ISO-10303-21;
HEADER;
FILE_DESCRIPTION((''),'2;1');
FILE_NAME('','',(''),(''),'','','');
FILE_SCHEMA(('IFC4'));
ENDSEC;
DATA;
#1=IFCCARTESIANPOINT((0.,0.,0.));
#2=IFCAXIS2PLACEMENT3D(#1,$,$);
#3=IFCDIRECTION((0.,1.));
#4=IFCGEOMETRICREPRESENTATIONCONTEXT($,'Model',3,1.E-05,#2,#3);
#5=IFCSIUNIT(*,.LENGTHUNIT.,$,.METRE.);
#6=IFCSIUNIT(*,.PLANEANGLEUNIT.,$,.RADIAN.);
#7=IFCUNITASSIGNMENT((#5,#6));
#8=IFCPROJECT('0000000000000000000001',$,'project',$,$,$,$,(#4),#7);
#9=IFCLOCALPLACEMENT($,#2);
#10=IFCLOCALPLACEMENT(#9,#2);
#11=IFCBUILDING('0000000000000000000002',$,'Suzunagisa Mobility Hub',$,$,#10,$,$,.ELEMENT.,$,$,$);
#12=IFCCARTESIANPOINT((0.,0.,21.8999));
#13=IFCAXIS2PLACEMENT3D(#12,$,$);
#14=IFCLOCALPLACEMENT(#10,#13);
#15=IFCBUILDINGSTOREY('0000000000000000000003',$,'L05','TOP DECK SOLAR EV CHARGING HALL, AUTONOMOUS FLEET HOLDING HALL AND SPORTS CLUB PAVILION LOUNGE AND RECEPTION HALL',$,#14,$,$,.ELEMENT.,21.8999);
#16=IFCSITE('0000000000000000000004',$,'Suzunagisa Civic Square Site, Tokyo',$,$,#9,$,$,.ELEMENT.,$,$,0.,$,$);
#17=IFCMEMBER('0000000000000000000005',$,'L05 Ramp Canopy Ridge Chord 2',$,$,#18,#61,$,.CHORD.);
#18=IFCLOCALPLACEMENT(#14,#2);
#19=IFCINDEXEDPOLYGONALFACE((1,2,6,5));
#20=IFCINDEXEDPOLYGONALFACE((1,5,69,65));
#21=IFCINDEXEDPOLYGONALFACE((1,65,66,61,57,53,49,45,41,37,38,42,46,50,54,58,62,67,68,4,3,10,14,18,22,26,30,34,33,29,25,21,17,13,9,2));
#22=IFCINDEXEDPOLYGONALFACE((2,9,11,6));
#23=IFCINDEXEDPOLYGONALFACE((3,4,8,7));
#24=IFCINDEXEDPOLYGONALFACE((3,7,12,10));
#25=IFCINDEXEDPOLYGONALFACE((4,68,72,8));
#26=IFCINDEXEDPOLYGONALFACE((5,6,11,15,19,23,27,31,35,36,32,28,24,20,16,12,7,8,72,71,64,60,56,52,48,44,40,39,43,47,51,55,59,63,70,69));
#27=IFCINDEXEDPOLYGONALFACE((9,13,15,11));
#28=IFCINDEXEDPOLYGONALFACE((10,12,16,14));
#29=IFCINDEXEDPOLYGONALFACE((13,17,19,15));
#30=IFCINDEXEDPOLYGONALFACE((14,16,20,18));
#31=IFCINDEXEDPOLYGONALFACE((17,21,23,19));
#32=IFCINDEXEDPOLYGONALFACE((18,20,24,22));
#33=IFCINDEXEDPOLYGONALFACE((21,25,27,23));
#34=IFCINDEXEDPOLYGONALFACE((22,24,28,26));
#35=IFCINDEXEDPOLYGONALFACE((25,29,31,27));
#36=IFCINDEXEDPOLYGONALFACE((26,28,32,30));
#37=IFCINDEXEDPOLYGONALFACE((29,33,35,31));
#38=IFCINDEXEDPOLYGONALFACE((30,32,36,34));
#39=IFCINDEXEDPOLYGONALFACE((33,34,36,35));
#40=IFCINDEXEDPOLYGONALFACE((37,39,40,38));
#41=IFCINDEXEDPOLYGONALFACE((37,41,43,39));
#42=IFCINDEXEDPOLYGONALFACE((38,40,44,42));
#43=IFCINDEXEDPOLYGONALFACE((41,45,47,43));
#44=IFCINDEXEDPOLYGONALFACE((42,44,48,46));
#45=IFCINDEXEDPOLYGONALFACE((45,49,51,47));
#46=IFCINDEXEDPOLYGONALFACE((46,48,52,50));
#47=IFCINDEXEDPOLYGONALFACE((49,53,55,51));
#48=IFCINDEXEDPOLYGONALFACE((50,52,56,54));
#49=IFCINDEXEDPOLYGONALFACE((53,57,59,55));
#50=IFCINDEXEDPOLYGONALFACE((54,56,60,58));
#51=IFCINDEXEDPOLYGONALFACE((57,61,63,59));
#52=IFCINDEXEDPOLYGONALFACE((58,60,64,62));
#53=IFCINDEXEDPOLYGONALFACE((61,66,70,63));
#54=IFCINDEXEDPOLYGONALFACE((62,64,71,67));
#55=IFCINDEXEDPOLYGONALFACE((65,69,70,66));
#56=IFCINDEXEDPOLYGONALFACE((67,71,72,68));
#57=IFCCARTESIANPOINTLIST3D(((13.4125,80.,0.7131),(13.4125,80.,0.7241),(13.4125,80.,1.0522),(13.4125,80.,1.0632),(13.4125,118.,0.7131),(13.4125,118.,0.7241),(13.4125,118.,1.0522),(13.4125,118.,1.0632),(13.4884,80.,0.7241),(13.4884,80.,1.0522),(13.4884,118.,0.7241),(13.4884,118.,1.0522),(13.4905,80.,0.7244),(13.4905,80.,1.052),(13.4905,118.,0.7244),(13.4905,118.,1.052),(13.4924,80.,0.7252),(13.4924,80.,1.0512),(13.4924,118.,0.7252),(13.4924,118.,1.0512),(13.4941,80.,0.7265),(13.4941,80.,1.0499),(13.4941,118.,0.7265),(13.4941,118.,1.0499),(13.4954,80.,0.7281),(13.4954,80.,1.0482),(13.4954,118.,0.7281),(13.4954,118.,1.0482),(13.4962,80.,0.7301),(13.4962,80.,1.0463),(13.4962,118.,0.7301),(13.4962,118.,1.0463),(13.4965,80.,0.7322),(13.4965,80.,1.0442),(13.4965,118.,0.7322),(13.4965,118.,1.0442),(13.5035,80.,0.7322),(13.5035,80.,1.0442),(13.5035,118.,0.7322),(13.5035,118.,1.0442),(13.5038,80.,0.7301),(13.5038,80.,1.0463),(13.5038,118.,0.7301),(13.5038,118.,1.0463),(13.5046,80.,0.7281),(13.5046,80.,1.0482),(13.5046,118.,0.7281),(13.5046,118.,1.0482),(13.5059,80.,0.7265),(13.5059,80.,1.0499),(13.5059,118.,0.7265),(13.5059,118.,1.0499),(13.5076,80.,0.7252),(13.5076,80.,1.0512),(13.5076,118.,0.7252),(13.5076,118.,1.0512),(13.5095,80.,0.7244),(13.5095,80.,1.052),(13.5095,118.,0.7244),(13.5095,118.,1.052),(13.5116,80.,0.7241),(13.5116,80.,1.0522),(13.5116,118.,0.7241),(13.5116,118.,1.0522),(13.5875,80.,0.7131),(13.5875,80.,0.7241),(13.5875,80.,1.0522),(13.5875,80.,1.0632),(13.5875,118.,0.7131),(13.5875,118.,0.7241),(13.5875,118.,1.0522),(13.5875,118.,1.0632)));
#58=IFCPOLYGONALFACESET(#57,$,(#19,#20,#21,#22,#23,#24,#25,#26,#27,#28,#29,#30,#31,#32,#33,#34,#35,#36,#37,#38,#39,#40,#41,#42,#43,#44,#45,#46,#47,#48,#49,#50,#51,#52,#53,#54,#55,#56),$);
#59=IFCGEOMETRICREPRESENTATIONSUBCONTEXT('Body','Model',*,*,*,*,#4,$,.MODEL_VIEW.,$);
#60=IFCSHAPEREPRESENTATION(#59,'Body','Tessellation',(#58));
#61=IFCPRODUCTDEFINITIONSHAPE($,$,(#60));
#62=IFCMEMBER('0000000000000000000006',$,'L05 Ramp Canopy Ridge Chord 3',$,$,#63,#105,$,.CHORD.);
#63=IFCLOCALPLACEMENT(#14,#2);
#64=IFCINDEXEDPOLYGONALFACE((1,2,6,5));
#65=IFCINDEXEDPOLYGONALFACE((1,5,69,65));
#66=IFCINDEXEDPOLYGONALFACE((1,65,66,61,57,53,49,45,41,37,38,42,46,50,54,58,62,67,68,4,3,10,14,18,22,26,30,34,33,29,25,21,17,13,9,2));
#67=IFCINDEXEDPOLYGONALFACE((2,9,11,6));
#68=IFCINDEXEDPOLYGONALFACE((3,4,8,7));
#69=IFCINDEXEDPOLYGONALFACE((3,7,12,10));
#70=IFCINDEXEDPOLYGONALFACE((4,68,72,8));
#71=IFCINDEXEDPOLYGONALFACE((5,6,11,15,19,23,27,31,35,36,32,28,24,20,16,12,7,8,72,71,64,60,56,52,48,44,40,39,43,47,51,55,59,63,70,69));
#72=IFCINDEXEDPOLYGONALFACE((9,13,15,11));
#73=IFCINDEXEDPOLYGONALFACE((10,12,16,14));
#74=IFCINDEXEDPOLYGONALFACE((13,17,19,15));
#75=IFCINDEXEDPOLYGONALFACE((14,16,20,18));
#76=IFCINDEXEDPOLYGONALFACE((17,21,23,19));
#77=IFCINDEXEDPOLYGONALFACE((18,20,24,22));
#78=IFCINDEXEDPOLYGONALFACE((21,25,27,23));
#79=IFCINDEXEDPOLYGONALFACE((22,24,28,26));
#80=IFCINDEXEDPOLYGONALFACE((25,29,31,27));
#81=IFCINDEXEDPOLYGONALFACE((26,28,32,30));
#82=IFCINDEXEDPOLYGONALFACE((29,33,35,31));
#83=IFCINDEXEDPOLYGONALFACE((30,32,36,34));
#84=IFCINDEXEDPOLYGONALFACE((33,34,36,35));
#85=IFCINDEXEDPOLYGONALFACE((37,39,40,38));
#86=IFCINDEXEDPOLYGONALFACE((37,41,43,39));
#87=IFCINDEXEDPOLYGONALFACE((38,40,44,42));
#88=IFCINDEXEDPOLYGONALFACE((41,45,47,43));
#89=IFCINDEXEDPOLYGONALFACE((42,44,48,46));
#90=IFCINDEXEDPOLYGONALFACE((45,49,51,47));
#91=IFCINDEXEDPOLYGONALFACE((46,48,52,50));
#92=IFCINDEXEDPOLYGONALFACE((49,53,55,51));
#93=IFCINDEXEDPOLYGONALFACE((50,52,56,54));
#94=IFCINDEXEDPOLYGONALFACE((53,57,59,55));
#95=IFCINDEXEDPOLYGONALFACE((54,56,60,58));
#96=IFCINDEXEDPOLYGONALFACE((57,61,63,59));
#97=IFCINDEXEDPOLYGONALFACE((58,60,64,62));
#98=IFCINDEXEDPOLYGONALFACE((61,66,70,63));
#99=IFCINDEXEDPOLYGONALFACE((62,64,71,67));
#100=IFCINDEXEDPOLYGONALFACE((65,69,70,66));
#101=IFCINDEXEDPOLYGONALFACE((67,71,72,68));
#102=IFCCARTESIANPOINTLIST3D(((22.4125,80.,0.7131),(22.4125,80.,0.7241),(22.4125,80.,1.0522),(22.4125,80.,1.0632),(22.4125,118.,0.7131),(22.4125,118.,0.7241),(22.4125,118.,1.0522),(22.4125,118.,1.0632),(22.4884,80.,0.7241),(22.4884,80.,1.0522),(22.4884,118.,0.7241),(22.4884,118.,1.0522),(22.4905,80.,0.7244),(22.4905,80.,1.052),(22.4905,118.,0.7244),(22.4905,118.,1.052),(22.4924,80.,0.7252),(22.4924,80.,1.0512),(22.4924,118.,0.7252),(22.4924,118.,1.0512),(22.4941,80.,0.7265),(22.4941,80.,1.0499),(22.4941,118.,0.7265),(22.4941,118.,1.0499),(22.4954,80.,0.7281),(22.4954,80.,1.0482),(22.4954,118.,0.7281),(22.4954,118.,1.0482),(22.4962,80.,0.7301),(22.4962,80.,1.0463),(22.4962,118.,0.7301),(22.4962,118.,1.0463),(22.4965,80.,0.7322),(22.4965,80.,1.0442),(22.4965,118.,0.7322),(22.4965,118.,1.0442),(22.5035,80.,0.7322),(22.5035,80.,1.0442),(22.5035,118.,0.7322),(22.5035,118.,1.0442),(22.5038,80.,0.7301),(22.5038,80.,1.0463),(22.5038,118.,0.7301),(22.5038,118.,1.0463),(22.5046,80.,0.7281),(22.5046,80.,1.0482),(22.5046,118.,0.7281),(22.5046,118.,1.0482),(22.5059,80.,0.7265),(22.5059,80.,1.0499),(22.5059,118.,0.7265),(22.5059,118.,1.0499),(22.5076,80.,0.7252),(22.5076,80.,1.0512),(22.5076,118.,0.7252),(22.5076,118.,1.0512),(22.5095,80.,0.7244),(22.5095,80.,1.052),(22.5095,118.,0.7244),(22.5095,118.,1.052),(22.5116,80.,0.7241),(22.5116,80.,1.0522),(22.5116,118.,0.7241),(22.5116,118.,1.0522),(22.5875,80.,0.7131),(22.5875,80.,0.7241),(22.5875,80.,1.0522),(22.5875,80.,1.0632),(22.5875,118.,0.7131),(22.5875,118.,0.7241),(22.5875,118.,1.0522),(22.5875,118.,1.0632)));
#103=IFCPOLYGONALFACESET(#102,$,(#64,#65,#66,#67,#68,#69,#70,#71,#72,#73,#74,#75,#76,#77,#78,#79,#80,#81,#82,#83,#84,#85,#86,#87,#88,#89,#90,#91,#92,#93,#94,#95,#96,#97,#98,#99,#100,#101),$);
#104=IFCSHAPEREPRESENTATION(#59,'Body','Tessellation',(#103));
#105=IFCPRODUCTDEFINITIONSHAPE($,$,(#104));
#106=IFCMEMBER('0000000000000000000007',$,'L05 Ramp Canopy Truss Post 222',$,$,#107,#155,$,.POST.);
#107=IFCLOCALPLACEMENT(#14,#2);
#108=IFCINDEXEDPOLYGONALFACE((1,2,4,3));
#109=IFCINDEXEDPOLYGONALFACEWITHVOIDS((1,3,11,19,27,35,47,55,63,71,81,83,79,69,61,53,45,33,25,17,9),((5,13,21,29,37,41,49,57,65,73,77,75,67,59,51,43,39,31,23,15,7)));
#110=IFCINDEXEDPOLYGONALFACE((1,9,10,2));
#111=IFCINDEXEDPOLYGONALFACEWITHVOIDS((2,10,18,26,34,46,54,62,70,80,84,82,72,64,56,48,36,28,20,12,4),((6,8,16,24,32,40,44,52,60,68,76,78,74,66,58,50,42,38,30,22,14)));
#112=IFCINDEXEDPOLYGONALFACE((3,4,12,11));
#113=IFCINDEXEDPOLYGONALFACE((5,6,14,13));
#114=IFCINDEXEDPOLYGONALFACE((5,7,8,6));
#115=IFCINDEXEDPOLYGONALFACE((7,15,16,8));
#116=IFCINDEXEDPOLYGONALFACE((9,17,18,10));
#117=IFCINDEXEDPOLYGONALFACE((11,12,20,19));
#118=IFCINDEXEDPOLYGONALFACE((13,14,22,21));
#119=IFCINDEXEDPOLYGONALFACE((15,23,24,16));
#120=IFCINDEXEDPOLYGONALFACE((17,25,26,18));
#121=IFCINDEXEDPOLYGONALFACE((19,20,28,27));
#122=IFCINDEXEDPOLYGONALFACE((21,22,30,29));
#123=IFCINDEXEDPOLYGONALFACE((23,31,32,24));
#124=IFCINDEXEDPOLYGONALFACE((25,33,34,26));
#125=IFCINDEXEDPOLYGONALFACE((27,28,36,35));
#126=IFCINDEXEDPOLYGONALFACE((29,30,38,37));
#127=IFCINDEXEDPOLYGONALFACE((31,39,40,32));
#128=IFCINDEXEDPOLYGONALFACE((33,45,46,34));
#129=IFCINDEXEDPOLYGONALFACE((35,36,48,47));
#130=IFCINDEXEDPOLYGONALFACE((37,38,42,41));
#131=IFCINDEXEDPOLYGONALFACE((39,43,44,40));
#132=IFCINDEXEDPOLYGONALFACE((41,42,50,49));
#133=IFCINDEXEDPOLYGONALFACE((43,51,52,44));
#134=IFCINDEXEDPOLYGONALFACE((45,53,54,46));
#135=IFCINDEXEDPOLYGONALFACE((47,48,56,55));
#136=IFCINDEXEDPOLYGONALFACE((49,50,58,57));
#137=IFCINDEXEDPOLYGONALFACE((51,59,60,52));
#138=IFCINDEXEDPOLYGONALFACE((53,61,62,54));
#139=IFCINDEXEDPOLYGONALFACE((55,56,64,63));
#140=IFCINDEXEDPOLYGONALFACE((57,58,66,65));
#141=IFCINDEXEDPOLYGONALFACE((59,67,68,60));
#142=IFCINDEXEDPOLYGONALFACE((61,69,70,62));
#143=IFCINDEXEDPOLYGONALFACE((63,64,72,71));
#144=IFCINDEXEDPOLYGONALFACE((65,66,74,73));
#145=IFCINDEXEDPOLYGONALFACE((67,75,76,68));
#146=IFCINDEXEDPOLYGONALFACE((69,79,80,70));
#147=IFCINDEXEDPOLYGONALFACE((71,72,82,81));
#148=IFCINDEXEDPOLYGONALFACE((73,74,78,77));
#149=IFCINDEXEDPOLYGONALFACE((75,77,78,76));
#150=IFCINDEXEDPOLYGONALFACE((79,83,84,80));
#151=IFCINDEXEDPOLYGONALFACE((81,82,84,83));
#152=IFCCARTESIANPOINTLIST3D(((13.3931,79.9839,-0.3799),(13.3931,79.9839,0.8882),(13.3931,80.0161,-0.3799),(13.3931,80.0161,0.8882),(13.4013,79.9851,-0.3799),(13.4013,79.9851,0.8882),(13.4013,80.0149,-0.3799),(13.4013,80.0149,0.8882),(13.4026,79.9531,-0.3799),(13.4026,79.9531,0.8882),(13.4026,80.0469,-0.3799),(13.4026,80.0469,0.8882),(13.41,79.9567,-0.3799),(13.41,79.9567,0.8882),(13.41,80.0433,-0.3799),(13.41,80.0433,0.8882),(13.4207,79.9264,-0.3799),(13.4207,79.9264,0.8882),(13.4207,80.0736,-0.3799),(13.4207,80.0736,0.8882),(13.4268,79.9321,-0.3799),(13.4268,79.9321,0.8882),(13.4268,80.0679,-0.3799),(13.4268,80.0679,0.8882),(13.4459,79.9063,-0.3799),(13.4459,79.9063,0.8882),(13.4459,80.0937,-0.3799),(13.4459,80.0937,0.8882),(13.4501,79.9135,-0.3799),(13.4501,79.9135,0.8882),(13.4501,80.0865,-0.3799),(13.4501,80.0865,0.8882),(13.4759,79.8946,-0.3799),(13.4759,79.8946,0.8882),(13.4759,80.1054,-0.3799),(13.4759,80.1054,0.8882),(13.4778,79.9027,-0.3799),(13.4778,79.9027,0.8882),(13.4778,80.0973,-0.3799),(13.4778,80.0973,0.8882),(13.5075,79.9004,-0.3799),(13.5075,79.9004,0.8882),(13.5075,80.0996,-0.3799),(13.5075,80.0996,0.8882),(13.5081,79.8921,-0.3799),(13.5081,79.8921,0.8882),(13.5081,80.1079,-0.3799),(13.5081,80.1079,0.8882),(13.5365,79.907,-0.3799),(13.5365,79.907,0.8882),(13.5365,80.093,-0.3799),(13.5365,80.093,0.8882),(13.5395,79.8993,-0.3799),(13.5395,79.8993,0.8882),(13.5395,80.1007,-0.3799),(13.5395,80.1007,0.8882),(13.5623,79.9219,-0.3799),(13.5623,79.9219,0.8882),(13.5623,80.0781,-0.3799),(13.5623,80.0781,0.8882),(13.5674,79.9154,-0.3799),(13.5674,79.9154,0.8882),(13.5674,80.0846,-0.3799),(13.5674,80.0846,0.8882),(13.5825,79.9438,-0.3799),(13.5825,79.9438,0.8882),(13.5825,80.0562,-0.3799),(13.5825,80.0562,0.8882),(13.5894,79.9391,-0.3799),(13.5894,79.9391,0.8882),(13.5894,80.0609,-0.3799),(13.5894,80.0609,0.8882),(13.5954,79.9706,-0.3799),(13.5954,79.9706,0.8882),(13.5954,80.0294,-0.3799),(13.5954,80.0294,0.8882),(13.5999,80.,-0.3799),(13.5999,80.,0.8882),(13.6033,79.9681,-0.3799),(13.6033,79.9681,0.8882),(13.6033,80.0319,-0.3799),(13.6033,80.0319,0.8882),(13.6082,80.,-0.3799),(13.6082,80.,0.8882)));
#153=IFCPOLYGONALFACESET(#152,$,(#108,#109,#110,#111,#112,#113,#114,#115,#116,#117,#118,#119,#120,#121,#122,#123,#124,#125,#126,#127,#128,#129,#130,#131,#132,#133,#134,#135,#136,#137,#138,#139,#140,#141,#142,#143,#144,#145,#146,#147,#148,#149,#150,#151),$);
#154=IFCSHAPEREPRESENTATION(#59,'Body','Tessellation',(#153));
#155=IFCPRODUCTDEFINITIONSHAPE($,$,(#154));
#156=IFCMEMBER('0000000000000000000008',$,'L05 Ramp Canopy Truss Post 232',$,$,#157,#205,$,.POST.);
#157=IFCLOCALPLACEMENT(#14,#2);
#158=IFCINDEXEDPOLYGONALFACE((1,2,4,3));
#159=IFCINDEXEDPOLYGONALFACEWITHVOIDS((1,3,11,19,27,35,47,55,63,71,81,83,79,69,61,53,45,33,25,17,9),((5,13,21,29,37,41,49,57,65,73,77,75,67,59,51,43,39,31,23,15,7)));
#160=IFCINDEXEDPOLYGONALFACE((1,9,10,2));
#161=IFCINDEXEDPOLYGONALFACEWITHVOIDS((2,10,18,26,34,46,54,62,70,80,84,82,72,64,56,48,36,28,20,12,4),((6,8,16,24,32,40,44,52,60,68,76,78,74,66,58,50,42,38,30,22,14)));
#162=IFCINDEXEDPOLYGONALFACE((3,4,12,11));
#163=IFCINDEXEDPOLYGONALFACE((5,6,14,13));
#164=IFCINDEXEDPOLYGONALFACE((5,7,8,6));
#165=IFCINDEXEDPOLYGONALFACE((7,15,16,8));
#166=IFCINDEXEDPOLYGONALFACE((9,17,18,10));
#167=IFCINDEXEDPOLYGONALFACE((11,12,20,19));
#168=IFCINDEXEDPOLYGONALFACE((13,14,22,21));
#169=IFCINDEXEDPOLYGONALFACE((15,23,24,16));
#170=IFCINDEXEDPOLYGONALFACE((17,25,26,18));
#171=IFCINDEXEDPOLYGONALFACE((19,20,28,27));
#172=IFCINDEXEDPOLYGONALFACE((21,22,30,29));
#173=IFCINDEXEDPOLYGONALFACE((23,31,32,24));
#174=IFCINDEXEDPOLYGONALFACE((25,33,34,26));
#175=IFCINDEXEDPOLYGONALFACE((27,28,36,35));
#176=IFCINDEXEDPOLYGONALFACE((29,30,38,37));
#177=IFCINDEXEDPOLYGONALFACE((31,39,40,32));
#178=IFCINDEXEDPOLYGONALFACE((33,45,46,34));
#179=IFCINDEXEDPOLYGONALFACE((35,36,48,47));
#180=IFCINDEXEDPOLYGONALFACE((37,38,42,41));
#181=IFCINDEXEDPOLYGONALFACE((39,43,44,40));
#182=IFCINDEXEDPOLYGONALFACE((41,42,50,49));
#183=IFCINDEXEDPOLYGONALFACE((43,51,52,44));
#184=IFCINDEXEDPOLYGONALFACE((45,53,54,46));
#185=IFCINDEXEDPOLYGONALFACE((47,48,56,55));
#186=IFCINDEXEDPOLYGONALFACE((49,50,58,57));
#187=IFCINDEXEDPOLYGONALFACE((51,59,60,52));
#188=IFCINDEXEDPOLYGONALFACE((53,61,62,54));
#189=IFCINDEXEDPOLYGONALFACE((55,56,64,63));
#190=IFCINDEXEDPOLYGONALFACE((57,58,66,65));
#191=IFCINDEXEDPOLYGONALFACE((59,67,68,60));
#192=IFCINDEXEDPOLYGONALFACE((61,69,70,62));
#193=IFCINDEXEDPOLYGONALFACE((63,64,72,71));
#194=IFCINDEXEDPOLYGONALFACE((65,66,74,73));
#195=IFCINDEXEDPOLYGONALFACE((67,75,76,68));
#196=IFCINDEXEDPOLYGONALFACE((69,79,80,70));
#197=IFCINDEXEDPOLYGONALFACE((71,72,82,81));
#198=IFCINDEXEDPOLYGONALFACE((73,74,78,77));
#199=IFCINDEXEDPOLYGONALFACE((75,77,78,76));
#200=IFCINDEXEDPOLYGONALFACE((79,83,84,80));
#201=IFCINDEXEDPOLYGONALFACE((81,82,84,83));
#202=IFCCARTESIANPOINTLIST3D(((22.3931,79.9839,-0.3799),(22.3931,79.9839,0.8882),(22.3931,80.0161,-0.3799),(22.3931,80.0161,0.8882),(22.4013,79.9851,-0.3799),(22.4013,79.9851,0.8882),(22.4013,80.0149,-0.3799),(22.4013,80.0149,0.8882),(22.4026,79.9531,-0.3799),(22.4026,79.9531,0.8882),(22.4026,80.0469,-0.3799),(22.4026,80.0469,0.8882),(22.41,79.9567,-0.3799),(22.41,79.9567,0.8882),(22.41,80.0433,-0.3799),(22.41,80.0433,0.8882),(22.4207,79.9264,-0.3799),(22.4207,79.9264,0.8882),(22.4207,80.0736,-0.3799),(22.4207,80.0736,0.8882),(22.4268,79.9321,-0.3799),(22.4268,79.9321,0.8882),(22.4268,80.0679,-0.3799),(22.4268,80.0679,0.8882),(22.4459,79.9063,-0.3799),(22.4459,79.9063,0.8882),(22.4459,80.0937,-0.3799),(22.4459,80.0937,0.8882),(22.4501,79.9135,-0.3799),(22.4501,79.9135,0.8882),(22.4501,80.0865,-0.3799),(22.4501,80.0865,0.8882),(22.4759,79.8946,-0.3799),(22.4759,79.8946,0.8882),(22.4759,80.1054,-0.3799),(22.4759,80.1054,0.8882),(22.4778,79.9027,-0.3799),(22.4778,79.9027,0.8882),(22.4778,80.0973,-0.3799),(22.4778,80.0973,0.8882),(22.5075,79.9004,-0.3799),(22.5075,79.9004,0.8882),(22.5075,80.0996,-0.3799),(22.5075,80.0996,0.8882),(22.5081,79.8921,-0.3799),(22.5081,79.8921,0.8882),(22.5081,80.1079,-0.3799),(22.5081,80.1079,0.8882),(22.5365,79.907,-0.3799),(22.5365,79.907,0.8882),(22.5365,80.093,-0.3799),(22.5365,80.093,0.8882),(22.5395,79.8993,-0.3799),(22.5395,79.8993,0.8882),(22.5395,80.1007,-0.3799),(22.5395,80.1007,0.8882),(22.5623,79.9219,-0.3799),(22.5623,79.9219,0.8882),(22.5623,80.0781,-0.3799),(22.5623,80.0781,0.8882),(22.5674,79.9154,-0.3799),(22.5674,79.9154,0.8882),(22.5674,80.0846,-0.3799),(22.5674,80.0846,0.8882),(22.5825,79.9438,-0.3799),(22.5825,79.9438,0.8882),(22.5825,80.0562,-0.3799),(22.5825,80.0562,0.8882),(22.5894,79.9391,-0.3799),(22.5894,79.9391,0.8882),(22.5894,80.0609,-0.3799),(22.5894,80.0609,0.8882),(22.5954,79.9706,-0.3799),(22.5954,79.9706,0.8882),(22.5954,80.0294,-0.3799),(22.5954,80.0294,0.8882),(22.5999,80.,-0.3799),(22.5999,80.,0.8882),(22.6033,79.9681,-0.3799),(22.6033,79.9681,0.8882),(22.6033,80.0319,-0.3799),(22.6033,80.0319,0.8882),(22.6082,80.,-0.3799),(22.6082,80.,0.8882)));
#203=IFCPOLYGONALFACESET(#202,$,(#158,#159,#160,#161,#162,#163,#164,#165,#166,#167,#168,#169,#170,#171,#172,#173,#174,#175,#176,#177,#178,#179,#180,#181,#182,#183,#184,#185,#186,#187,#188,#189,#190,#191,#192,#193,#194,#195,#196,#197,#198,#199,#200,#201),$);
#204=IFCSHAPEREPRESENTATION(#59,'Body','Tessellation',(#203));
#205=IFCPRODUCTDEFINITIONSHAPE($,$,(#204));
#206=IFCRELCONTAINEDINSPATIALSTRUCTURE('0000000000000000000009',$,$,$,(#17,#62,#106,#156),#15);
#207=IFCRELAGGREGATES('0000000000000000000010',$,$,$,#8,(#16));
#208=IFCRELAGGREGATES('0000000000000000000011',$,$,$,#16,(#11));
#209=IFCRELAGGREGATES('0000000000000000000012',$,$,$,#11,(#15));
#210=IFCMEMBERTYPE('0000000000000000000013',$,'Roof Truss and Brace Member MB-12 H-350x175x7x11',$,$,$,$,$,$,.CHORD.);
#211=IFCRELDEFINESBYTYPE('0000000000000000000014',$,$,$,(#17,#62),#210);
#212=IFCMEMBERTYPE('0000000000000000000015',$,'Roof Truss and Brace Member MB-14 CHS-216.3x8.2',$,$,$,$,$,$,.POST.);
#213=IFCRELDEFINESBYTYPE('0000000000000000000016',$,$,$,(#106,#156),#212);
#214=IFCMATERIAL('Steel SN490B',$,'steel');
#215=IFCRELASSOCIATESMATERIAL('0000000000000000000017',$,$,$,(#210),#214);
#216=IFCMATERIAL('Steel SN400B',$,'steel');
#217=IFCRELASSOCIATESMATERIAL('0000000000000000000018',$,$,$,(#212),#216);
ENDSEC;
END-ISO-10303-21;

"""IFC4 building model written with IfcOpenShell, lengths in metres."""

from ifc_helpers import new_model, si_unit, direction, frame, origin, origin_2d, place, context, subcontext, project, spatial, hollow_circle, i_section, extrude, material, material_profile, profile_set, type_object, element, save


model = new_model("IFC4")

# Units and contexts
model_context = context("Model", 3, precision=1e-05, world=origin(), true_north=direction((0.0, 1.0)))
body_context = subcontext(model_context, "Body", "Model", "MODEL_VIEW")
ifc_project = project(units=[si_unit("LENGTHUNIT", "METRE"), si_unit("PLANEANGLEUNIT", "RADIAN")], contexts=[model_context])

# Site, building, storey
site_placement = place(None, origin())
site = spatial("IfcSite", under=ifc_project, at=site_placement, Name="Suzunagisa Civic Square Site, Tokyo", CompositionType="ELEMENT", RefElevation=0.0)
building_placement = place(site_placement, origin())
building = spatial("IfcBuilding", under=site, at=building_placement, Name="Suzunagisa Mobility Hub", CompositionType="ELEMENT")
storey_placement = place(building_placement, frame((0.0, 0.0, 21.8999)))
storey = spatial("IfcBuildingStorey", under=building, at=storey_placement, Name="L05", Description="TOP DECK SOLAR EV CHARGING HALL, AUTONOMOUS FLEET HOLDING HALL AND SPORTS CLUB PAVILION LOUNGE AND RECEPTION HALL", CompositionType="ELEMENT", Elevation=21.8999)

# Members
ifc_material_1 = material(Name="Steel SN400B", Category="steel")
ifc_material_2 = material(Name="Steel SN490B", Category="steel")
ifc_material_profile_1 = material_profile(ifc_material_2, i_section(OverallWidth=0.175, OverallDepth=0.3501, WebThickness=0.0071, FlangeThickness=0.011, FilletRadius=0.0081, at=origin_2d()), Name="H-350x175x7x11")
ifc_profile_set_1 = profile_set([ifc_material_profile_1], Name="Steel SN490B")
member_type_1 = type_object("IfcMemberType", Name="Roof Truss and Brace Member MB-12 H-350x175x7x11", PredefinedType="CHORD", material=ifc_profile_set_1)
for number, where, z_axis, x_axis, name in (
    (1, (13.5, 80.0, 0.8882), (0.0, 1.0, 0.0), (-1.0, 0.0, 0.0), "L05 Ramp Canopy Ridge Chord 2"),
    (2, (22.5, 80.0, 0.8882), (0.0, 1.0, 0.0), (-1.0, 0.0, 0.0), "L05 Ramp Canopy Ridge Chord 3"),
):
    element("IfcMember", number, at=place(storey_placement, frame(where, z_axis=z_axis, x_axis=x_axis)), inside=storey, type_object=member_type_1, Name=name, PredefinedType="CHORD", context=body_context, shape_type="SweptSolid", body=[
        extrude(i_section(OverallWidth=0.175, OverallDepth=0.3501, WebThickness=0.0071, FlangeThickness=0.011, FilletRadius=0.0081, at=origin_2d()), origin(), (0.0, 0.0, 1.0), 38.0),
    ])
ifc_material_profile_2 = material_profile(ifc_material_1, hollow_circle(Radius=0.1082, WallThickness=0.0083, at=origin_2d()), Name="CHS-216.3x8.2")
ifc_profile_set_2 = profile_set([ifc_material_profile_2], Name="Steel SN400B")
member_type_2 = type_object("IfcMemberType", Name="Roof Truss and Brace Member MB-14 CHS-216.3x8.2", PredefinedType="POST", material=ifc_profile_set_2)
for number, where, z_axis, x_axis, name in (
    (3, (13.5, 80.0, -0.3799), (0.0, 0.0, 1.0), (1.0, 0.0, 0.0), "L05 Ramp Canopy Truss Post 222"),
    (4, (22.5, 80.0, -0.3799), (0.0, 0.0, 1.0), (1.0, 0.0, 0.0), "L05 Ramp Canopy Truss Post 232"),
):
    element("IfcMember", number, at=place(storey_placement, frame(where, z_axis=z_axis, x_axis=x_axis)), inside=storey, type_object=member_type_2, Name=name, PredefinedType="POST", context=body_context, shape_type="SweptSolid", body=[
        extrude(hollow_circle(Radius=0.1082, WallThickness=0.0083, at=origin_2d()), origin(), (0.0, 0.0, 1.0), 1.2681),
    ])

save(model, "model.ifc")
